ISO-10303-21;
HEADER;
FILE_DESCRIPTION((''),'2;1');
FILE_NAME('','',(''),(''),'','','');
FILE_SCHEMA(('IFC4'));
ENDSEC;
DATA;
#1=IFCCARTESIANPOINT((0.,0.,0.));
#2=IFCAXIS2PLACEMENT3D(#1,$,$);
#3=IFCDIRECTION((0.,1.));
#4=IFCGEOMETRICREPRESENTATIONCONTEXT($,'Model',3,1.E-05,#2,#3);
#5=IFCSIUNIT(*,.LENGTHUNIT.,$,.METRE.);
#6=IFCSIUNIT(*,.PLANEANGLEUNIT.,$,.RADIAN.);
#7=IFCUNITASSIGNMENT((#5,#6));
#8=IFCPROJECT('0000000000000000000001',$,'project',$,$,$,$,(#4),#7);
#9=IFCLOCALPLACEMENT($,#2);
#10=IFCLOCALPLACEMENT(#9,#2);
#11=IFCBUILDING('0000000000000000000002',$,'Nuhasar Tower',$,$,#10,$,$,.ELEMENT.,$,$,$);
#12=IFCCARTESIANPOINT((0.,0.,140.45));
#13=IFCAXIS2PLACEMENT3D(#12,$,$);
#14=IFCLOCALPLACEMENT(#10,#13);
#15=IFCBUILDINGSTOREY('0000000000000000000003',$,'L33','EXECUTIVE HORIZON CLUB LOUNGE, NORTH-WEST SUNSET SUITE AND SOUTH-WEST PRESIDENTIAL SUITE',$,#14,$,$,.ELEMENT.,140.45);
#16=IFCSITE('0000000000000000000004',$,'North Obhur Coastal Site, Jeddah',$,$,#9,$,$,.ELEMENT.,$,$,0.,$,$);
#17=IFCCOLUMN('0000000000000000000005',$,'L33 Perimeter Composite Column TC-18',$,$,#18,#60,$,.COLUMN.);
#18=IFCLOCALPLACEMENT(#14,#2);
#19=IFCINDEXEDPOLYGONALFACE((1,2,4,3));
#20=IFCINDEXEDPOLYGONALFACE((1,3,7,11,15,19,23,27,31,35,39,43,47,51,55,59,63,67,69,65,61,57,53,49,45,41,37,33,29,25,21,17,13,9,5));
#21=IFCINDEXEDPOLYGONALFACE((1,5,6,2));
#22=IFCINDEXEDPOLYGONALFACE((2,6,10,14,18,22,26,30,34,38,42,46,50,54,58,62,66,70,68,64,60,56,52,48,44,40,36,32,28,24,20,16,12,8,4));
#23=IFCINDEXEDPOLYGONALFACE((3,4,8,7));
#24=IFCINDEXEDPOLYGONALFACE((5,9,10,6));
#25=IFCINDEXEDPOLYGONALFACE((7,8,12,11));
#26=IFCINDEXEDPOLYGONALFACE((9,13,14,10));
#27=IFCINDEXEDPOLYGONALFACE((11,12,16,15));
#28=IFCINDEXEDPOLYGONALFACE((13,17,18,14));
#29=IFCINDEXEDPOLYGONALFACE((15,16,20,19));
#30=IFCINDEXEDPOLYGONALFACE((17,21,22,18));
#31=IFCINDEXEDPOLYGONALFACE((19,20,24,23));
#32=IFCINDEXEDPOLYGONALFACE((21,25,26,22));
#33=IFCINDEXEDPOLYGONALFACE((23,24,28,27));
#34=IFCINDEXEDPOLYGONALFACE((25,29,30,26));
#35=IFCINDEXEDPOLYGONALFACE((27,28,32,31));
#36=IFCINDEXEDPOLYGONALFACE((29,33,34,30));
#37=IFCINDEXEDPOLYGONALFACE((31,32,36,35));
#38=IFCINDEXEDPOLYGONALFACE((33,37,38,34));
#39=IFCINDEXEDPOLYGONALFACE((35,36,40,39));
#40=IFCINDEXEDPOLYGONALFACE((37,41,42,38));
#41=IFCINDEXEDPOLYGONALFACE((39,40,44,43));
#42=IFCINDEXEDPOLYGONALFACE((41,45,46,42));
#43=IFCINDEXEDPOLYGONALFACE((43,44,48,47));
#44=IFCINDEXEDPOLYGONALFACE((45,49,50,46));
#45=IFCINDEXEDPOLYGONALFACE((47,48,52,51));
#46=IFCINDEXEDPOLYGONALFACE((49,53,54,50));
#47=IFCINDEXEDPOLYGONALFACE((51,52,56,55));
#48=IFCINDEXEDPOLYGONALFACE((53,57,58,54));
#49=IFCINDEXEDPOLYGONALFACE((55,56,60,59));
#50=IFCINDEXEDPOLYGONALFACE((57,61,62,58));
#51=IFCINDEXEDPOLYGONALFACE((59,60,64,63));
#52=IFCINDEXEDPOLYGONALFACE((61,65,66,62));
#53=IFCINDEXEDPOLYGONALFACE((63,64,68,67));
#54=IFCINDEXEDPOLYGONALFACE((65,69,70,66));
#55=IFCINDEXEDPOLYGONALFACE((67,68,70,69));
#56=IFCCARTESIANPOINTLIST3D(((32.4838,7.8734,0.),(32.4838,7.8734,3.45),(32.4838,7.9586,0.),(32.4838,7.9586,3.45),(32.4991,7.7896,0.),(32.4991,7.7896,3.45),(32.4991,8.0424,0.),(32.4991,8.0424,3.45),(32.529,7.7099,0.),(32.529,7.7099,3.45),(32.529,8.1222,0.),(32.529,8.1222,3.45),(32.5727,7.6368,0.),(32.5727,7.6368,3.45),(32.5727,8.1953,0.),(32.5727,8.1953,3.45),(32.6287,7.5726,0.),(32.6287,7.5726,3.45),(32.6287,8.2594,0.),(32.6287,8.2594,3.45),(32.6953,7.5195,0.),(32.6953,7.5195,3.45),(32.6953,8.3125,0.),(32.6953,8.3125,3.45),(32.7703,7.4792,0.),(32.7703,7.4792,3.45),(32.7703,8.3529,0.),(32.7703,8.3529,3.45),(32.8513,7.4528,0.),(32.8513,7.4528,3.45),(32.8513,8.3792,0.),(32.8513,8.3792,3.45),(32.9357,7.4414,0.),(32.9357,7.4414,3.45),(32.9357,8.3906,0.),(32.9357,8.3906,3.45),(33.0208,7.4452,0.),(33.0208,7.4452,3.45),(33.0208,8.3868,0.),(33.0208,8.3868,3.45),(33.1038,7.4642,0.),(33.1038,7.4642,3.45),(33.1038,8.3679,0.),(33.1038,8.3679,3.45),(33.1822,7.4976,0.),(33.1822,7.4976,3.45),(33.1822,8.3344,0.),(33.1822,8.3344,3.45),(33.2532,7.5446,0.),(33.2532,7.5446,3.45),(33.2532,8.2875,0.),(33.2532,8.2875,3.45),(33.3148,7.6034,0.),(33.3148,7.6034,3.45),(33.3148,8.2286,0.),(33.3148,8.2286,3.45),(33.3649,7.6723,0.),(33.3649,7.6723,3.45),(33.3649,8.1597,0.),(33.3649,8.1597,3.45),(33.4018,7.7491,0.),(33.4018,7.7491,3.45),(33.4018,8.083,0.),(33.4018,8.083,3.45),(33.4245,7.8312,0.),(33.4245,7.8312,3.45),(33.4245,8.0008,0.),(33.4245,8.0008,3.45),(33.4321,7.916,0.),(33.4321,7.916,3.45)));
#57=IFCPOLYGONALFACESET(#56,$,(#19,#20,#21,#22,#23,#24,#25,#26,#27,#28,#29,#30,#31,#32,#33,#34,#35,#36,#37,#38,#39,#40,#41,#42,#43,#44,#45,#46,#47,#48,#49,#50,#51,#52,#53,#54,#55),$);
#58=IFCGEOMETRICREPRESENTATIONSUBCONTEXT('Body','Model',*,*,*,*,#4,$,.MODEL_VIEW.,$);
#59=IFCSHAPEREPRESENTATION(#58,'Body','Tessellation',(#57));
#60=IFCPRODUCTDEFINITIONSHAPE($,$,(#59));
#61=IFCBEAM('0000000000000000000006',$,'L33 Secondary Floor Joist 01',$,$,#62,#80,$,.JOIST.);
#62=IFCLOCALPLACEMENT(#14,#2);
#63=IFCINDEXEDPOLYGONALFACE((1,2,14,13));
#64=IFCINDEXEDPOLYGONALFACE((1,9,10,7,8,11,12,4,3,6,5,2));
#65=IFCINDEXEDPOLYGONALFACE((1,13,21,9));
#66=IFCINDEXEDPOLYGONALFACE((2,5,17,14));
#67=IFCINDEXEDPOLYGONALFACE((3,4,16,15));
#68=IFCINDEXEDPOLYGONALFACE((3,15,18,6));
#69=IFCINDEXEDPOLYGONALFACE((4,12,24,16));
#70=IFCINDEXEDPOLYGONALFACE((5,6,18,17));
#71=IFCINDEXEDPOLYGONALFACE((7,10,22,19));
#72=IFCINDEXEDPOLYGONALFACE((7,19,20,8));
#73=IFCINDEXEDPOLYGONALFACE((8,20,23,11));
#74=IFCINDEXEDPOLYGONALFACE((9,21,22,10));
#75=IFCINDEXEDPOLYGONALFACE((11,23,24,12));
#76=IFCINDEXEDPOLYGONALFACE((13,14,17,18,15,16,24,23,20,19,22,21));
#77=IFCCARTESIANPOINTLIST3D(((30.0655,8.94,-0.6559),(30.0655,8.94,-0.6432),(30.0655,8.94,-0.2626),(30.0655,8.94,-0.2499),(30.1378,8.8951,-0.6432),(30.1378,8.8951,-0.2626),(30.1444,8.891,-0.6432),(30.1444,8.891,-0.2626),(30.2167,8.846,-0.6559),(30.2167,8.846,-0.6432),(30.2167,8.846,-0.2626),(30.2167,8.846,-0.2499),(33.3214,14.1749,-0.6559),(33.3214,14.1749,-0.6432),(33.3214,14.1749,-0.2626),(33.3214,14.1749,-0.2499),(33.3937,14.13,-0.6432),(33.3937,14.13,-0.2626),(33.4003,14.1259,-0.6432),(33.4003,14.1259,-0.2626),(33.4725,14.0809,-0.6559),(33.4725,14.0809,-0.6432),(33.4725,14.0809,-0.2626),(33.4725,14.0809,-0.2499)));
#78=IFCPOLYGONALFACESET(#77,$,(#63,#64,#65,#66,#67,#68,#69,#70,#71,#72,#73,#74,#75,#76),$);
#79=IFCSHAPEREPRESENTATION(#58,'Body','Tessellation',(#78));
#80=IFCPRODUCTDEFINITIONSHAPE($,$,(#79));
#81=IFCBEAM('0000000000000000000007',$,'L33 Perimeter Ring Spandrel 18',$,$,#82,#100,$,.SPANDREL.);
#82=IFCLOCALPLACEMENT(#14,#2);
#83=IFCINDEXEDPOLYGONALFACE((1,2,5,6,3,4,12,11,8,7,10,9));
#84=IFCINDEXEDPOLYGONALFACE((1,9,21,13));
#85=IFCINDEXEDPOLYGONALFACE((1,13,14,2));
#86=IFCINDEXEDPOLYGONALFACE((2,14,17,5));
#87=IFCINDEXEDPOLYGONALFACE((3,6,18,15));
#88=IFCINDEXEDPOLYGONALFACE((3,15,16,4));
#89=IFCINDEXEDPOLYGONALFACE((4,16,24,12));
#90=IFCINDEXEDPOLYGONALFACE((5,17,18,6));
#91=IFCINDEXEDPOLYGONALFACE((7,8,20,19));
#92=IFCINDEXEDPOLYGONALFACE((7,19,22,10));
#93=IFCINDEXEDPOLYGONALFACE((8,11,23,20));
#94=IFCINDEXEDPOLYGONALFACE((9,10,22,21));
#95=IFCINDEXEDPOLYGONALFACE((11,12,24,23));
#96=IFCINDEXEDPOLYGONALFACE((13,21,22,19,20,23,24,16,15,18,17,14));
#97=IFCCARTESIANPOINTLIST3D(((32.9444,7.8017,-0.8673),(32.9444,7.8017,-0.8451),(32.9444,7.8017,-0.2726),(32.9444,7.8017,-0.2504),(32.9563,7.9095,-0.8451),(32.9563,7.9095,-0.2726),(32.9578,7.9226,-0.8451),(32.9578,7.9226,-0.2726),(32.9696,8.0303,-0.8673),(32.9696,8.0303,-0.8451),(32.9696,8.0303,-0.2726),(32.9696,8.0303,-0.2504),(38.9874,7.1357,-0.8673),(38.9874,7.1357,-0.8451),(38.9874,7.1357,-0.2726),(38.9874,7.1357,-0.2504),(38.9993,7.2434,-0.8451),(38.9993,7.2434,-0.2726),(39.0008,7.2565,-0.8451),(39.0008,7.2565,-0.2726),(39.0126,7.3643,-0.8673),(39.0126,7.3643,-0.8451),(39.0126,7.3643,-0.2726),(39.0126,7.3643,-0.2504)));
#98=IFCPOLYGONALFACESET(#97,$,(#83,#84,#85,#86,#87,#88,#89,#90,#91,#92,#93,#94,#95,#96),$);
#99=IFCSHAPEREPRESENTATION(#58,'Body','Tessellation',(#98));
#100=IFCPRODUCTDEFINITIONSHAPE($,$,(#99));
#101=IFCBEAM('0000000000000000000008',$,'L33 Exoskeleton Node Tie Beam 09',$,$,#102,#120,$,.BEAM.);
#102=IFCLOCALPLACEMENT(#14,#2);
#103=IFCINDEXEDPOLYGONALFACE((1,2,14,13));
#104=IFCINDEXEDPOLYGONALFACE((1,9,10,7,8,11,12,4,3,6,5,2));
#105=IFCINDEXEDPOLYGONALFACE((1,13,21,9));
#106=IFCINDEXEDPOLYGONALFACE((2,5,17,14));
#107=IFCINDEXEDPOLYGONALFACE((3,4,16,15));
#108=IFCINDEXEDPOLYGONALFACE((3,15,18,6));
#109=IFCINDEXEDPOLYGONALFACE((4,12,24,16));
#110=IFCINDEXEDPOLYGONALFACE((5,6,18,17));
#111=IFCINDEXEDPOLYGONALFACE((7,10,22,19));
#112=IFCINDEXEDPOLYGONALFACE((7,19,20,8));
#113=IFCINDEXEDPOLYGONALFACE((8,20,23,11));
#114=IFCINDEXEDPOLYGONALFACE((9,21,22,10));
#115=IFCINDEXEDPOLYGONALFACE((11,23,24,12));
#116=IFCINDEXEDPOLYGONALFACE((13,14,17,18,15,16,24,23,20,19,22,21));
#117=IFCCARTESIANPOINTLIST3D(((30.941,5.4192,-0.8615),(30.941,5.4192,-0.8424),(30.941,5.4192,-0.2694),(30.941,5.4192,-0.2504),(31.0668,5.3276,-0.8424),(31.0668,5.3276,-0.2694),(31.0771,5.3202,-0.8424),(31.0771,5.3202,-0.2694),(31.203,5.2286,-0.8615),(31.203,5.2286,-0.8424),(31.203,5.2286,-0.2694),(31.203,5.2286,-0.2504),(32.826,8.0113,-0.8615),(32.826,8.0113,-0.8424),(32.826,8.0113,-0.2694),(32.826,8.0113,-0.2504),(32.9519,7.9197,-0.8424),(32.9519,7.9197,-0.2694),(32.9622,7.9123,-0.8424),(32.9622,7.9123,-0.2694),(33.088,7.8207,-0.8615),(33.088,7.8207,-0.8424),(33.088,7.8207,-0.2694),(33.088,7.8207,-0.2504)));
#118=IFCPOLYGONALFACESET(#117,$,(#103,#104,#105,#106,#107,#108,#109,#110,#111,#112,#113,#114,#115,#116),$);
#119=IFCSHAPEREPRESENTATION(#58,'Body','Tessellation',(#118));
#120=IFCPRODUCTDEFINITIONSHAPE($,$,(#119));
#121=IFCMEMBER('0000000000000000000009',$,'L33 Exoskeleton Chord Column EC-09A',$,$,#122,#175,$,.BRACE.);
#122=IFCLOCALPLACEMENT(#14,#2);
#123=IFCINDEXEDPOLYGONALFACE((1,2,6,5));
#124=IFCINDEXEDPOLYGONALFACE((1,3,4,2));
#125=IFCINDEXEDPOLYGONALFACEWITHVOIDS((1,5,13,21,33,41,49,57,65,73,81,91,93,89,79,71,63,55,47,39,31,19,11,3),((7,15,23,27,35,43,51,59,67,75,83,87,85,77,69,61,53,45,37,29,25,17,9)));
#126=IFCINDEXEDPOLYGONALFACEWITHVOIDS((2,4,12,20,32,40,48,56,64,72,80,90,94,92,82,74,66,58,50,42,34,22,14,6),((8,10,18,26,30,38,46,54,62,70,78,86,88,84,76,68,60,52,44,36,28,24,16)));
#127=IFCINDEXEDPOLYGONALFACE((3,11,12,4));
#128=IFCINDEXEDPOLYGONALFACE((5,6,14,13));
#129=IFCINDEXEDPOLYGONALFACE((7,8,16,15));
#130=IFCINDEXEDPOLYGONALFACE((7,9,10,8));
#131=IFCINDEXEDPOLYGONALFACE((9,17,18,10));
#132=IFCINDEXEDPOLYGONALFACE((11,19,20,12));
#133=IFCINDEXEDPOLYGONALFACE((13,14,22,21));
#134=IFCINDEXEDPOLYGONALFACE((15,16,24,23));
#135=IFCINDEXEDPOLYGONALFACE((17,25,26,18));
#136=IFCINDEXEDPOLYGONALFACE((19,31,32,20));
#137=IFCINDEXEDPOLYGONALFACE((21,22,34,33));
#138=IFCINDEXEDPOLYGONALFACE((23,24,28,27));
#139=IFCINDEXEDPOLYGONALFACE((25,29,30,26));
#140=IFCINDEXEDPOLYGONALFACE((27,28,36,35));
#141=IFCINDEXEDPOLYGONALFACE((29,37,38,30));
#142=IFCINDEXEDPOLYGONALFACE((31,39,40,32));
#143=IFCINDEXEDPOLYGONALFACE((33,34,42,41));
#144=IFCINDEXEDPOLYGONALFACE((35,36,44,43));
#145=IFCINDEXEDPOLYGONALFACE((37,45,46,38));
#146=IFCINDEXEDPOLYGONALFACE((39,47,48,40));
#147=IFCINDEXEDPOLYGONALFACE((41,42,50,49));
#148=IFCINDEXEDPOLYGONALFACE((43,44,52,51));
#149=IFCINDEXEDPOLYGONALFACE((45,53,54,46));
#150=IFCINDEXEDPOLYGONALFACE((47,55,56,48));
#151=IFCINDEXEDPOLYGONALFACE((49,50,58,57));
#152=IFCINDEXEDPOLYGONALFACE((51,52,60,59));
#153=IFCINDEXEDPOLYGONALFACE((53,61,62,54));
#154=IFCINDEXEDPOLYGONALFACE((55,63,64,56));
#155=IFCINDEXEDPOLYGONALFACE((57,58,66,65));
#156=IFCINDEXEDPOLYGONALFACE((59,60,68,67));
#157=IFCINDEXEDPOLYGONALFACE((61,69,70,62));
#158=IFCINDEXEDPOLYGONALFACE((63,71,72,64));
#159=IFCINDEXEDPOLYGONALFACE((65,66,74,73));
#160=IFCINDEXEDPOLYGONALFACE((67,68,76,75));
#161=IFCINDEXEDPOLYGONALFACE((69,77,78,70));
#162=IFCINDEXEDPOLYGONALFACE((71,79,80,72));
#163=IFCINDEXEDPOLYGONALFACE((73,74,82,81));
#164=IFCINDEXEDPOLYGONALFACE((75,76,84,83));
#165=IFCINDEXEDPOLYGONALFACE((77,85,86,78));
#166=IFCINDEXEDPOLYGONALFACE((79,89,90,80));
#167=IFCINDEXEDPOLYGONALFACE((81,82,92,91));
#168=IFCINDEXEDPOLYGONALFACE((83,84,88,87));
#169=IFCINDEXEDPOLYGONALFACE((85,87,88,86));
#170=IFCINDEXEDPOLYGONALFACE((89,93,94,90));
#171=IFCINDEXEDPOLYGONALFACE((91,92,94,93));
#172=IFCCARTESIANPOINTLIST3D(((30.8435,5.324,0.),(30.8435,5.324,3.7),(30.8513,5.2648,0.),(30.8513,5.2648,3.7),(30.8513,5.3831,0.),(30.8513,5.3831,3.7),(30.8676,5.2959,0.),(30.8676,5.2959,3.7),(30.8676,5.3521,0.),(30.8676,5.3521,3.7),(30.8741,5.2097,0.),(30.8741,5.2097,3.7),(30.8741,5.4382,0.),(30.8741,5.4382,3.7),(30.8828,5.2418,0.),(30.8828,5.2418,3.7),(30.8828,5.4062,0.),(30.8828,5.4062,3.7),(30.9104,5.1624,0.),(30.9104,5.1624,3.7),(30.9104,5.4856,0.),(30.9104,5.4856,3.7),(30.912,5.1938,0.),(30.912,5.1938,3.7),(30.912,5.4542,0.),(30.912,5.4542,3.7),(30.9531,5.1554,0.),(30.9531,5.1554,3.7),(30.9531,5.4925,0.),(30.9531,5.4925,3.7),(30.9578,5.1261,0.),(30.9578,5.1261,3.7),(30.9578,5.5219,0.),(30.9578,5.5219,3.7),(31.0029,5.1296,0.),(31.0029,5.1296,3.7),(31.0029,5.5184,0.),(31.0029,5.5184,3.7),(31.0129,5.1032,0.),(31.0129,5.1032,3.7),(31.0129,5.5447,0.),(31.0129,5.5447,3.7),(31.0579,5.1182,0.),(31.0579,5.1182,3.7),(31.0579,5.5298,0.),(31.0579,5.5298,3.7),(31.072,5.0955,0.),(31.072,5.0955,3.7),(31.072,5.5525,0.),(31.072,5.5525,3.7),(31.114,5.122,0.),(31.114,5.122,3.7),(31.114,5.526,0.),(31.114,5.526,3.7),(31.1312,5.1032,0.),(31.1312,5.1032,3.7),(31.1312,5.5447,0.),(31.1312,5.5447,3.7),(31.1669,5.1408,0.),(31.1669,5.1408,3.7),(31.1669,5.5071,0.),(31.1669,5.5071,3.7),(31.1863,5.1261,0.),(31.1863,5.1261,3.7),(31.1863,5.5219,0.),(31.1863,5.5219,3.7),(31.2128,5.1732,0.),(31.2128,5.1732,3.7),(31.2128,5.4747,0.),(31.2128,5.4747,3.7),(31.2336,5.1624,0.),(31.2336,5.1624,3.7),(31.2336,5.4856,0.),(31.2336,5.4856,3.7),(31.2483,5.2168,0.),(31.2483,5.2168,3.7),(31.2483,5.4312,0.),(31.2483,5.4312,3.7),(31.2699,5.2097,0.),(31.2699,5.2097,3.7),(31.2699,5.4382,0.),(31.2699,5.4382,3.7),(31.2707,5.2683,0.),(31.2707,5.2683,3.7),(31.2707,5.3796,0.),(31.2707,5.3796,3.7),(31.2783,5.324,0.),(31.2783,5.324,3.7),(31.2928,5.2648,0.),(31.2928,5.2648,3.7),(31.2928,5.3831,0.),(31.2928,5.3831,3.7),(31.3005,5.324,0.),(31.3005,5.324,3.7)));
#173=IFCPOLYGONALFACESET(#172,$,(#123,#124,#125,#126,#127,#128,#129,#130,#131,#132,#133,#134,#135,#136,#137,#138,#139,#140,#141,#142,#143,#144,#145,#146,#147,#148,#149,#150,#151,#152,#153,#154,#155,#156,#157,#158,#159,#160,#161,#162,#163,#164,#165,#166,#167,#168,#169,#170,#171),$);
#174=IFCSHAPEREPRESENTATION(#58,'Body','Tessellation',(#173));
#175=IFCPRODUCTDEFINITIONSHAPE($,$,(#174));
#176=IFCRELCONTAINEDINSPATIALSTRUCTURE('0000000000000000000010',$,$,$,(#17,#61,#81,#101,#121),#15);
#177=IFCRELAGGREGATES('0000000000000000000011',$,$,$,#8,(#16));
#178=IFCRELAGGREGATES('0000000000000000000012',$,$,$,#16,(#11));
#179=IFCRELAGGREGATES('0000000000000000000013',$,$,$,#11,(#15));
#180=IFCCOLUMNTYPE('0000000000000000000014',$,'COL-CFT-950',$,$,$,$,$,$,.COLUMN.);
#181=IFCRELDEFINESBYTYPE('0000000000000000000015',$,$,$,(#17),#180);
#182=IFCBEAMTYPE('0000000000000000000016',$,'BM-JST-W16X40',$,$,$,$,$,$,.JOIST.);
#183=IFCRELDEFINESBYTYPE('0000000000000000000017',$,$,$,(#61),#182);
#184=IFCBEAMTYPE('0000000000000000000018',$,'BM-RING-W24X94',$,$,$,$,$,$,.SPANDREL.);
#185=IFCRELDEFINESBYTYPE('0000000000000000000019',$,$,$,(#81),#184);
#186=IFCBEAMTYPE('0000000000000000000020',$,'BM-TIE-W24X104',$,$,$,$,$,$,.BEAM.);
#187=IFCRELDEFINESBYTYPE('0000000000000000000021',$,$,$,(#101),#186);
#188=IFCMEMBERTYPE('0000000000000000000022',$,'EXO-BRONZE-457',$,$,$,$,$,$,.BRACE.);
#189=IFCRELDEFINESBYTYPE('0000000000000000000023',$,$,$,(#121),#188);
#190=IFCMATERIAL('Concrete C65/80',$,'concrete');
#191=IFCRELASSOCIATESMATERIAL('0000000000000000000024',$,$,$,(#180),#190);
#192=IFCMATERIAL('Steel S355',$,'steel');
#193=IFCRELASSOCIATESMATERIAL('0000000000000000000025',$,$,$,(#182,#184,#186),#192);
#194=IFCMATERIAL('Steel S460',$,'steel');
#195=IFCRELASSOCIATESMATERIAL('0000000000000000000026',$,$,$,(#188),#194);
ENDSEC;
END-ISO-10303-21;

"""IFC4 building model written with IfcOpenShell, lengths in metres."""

from ifc_helpers import new_model, si_unit, direction, frame, origin, origin_2d, place, context, subcontext, project, spatial, circle, hollow_circle, i_section, extrude, material, material_profile, profile_set, type_object, element, save


model = new_model("IFC4")

# Units and contexts
model_context = context("Model", 3, precision=1e-05, world=origin(), true_north=direction((0.0, 1.0)))
body_context = subcontext(model_context, "Body", "Model", "MODEL_VIEW")
ifc_project = project(units=[si_unit("LENGTHUNIT", "METRE"), si_unit("PLANEANGLEUNIT", "RADIAN")], contexts=[model_context])

# Site, building, storey
site_placement = place(None, origin())
site = spatial("IfcSite", under=ifc_project, at=site_placement, Name="North Obhur Coastal Site, Jeddah", CompositionType="ELEMENT", RefElevation=0.0)
building_placement = place(site_placement, origin())
building = spatial("IfcBuilding", under=site, at=building_placement, Name="Nuhasar Tower", CompositionType="ELEMENT")
storey_placement = place(building_placement, frame((0.0, 0.0, 140.45)))
storey = spatial("IfcBuildingStorey", under=building, at=storey_placement, Name="L33", Description="EXECUTIVE HORIZON CLUB LOUNGE, NORTH-WEST SUNSET SUITE AND SOUTH-WEST PRESIDENTIAL SUITE", CompositionType="ELEMENT", Elevation=140.45)

# Column
ifc_material_1 = material(Name="Concrete C65/80", Category="concrete")
ifc_material_profile_1 = material_profile(ifc_material_1, circle(Radius=0.4751, at=origin_2d()), Name="CFT950")
ifc_profile_set_1 = profile_set([ifc_material_profile_1], Name="Concrete C65/80")
column_type = type_object("IfcColumnType", Name="COL-CFT-950", PredefinedType="COLUMN", material=ifc_profile_set_1)
column_placement = place(storey_placement, frame((32.957, 7.916, 0.0), z_axis=(0.0, 0.0, 1.0), x_axis=(1.0, 0.0, 0.0)))
element("IfcColumn", 1, at=column_placement, inside=storey, type_object=column_type, Name="L33 Perimeter Composite Column TC-18", PredefinedType="COLUMN", context=body_context, shape_type="SweptSolid", body=[
    extrude(circle(Radius=0.4751, at=origin_2d()), origin(), (0.0, 0.0, 1.0), 3.45),
])

# Beams
ifc_material_2 = material(Name="Steel S355", Category="steel")
ifc_material_profile_2 = material_profile(ifc_material_2, i_section(OverallWidth=0.178, OverallDepth=0.406, WebThickness=0.0078, FlangeThickness=0.0127, at=origin_2d()), Name="W16X40")
ifc_profile_set_2 = profile_set([ifc_material_profile_2], Name="Steel S355")
beam_type_1 = type_object("IfcBeamType", Name="BM-JST-W16X40", PredefinedType="JOIST", material=ifc_profile_set_2)
beam_1_placement = place(storey_placement, frame((33.397, 14.1279, -0.4529), z_axis=(-0.528139, -0.849158, 0.0), x_axis=(0.849158, -0.528139, 0.0)))
element("IfcBeam", 2, at=beam_1_placement, inside=storey, type_object=beam_type_1, Name="L33 Secondary Floor Joist 01", PredefinedType="JOIST", context=body_context, shape_type="SweptSolid", body=[
    extrude(i_section(OverallWidth=0.178, OverallDepth=0.406, WebThickness=0.0078, FlangeThickness=0.0127, at=origin_2d()), origin(), (0.0, 0.0, 1.0), 6.1648),
])
ifc_material_profile_3 = material_profile(ifc_material_2, i_section(OverallWidth=0.23, OverallDepth=0.6169, WebThickness=0.0132, FlangeThickness=0.0222, at=origin_2d()), Name="W24X94")
ifc_profile_set_3 = profile_set([ifc_material_profile_3], Name="Steel S355")
beam_type_2 = type_object("IfcBeamType", Name="BM-RING-W24X94", PredefinedType="SPANDREL", material=ifc_profile_set_3)
beam_2_placement = place(storey_placement, frame((32.957, 7.916, -0.5588), z_axis=(0.993981, -0.10955, 0.0), x_axis=(0.10955, 0.993981, 0.0)))
element("IfcBeam", 3, at=beam_2_placement, inside=storey, type_object=beam_type_2, Name="L33 Perimeter Ring Spandrel 18", PredefinedType="SPANDREL", context=body_context, shape_type="SweptSolid", body=[
    extrude(i_section(OverallWidth=0.23, OverallDepth=0.6169, WebThickness=0.0132, FlangeThickness=0.0222, at=origin_2d()), origin(), (0.0, 0.0, 1.0), 6.0796),
])
ifc_material_profile_4 = material_profile(ifc_material_2, i_section(OverallWidth=0.324, OverallDepth=0.6111, WebThickness=0.0127, FlangeThickness=0.019, at=origin_2d()), Name="W24X104")
ifc_profile_set_4 = profile_set([ifc_material_profile_4], Name="Steel S355")
beam_type_3 = type_object("IfcBeamType", Name="BM-TIE-W24X104", PredefinedType="BEAM", material=ifc_profile_set_4)
beam_3_placement = place(storey_placement, frame((32.957, 7.916, -0.5559), z_axis=(-0.588149, -0.808753, 0.0), x_axis=(0.808753, -0.588149, 0.0)))
element("IfcBeam", 4, at=beam_3_placement, inside=storey, type_object=beam_type_3, Name="L33 Exoskeleton Node Tie Beam 09", PredefinedType="BEAM", context=body_context, shape_type="SweptSolid", body=[
    extrude(i_section(OverallWidth=0.324, OverallDepth=0.6111, WebThickness=0.0127, FlangeThickness=0.019, at=origin_2d()), origin(), (0.0, 0.0, 1.0), 3.2051),
])

# Member
ifc_material_3 = material(Name="Steel S460", Category="steel")
ifc_material_profile_5 = material_profile(ifc_material_3, hollow_circle(Radius=0.2285, WallThickness=0.0222, at=origin_2d()), Name="HSS457X22.2")
ifc_profile_set_5 = profile_set([ifc_material_profile_5], Name="Steel S460")
member_type = type_object("IfcMemberType", Name="EXO-BRONZE-457", PredefinedType="BRACE", material=ifc_profile_set_5)
for number, where, z_axis, x_axis, name in (
    (5, (31.072, 5.324, 0.0), (0.0, 0.0, 1.0), (1.0, 0.0, 0.0), "L33 Exoskeleton Chord Column EC-09A"),
):
    element("IfcMember", number, at=place(storey_placement, frame(where, z_axis=z_axis, x_axis=x_axis)), inside=storey, type_object=member_type, Name=name, PredefinedType="BRACE", context=body_context, shape_type="SweptSolid", body=[
        extrude(hollow_circle(Radius=0.2285, WallThickness=0.0222, at=origin_2d()), origin(), (0.0, 0.0, 1.0), 3.7),
    ])

save(model, "model.ifc")
